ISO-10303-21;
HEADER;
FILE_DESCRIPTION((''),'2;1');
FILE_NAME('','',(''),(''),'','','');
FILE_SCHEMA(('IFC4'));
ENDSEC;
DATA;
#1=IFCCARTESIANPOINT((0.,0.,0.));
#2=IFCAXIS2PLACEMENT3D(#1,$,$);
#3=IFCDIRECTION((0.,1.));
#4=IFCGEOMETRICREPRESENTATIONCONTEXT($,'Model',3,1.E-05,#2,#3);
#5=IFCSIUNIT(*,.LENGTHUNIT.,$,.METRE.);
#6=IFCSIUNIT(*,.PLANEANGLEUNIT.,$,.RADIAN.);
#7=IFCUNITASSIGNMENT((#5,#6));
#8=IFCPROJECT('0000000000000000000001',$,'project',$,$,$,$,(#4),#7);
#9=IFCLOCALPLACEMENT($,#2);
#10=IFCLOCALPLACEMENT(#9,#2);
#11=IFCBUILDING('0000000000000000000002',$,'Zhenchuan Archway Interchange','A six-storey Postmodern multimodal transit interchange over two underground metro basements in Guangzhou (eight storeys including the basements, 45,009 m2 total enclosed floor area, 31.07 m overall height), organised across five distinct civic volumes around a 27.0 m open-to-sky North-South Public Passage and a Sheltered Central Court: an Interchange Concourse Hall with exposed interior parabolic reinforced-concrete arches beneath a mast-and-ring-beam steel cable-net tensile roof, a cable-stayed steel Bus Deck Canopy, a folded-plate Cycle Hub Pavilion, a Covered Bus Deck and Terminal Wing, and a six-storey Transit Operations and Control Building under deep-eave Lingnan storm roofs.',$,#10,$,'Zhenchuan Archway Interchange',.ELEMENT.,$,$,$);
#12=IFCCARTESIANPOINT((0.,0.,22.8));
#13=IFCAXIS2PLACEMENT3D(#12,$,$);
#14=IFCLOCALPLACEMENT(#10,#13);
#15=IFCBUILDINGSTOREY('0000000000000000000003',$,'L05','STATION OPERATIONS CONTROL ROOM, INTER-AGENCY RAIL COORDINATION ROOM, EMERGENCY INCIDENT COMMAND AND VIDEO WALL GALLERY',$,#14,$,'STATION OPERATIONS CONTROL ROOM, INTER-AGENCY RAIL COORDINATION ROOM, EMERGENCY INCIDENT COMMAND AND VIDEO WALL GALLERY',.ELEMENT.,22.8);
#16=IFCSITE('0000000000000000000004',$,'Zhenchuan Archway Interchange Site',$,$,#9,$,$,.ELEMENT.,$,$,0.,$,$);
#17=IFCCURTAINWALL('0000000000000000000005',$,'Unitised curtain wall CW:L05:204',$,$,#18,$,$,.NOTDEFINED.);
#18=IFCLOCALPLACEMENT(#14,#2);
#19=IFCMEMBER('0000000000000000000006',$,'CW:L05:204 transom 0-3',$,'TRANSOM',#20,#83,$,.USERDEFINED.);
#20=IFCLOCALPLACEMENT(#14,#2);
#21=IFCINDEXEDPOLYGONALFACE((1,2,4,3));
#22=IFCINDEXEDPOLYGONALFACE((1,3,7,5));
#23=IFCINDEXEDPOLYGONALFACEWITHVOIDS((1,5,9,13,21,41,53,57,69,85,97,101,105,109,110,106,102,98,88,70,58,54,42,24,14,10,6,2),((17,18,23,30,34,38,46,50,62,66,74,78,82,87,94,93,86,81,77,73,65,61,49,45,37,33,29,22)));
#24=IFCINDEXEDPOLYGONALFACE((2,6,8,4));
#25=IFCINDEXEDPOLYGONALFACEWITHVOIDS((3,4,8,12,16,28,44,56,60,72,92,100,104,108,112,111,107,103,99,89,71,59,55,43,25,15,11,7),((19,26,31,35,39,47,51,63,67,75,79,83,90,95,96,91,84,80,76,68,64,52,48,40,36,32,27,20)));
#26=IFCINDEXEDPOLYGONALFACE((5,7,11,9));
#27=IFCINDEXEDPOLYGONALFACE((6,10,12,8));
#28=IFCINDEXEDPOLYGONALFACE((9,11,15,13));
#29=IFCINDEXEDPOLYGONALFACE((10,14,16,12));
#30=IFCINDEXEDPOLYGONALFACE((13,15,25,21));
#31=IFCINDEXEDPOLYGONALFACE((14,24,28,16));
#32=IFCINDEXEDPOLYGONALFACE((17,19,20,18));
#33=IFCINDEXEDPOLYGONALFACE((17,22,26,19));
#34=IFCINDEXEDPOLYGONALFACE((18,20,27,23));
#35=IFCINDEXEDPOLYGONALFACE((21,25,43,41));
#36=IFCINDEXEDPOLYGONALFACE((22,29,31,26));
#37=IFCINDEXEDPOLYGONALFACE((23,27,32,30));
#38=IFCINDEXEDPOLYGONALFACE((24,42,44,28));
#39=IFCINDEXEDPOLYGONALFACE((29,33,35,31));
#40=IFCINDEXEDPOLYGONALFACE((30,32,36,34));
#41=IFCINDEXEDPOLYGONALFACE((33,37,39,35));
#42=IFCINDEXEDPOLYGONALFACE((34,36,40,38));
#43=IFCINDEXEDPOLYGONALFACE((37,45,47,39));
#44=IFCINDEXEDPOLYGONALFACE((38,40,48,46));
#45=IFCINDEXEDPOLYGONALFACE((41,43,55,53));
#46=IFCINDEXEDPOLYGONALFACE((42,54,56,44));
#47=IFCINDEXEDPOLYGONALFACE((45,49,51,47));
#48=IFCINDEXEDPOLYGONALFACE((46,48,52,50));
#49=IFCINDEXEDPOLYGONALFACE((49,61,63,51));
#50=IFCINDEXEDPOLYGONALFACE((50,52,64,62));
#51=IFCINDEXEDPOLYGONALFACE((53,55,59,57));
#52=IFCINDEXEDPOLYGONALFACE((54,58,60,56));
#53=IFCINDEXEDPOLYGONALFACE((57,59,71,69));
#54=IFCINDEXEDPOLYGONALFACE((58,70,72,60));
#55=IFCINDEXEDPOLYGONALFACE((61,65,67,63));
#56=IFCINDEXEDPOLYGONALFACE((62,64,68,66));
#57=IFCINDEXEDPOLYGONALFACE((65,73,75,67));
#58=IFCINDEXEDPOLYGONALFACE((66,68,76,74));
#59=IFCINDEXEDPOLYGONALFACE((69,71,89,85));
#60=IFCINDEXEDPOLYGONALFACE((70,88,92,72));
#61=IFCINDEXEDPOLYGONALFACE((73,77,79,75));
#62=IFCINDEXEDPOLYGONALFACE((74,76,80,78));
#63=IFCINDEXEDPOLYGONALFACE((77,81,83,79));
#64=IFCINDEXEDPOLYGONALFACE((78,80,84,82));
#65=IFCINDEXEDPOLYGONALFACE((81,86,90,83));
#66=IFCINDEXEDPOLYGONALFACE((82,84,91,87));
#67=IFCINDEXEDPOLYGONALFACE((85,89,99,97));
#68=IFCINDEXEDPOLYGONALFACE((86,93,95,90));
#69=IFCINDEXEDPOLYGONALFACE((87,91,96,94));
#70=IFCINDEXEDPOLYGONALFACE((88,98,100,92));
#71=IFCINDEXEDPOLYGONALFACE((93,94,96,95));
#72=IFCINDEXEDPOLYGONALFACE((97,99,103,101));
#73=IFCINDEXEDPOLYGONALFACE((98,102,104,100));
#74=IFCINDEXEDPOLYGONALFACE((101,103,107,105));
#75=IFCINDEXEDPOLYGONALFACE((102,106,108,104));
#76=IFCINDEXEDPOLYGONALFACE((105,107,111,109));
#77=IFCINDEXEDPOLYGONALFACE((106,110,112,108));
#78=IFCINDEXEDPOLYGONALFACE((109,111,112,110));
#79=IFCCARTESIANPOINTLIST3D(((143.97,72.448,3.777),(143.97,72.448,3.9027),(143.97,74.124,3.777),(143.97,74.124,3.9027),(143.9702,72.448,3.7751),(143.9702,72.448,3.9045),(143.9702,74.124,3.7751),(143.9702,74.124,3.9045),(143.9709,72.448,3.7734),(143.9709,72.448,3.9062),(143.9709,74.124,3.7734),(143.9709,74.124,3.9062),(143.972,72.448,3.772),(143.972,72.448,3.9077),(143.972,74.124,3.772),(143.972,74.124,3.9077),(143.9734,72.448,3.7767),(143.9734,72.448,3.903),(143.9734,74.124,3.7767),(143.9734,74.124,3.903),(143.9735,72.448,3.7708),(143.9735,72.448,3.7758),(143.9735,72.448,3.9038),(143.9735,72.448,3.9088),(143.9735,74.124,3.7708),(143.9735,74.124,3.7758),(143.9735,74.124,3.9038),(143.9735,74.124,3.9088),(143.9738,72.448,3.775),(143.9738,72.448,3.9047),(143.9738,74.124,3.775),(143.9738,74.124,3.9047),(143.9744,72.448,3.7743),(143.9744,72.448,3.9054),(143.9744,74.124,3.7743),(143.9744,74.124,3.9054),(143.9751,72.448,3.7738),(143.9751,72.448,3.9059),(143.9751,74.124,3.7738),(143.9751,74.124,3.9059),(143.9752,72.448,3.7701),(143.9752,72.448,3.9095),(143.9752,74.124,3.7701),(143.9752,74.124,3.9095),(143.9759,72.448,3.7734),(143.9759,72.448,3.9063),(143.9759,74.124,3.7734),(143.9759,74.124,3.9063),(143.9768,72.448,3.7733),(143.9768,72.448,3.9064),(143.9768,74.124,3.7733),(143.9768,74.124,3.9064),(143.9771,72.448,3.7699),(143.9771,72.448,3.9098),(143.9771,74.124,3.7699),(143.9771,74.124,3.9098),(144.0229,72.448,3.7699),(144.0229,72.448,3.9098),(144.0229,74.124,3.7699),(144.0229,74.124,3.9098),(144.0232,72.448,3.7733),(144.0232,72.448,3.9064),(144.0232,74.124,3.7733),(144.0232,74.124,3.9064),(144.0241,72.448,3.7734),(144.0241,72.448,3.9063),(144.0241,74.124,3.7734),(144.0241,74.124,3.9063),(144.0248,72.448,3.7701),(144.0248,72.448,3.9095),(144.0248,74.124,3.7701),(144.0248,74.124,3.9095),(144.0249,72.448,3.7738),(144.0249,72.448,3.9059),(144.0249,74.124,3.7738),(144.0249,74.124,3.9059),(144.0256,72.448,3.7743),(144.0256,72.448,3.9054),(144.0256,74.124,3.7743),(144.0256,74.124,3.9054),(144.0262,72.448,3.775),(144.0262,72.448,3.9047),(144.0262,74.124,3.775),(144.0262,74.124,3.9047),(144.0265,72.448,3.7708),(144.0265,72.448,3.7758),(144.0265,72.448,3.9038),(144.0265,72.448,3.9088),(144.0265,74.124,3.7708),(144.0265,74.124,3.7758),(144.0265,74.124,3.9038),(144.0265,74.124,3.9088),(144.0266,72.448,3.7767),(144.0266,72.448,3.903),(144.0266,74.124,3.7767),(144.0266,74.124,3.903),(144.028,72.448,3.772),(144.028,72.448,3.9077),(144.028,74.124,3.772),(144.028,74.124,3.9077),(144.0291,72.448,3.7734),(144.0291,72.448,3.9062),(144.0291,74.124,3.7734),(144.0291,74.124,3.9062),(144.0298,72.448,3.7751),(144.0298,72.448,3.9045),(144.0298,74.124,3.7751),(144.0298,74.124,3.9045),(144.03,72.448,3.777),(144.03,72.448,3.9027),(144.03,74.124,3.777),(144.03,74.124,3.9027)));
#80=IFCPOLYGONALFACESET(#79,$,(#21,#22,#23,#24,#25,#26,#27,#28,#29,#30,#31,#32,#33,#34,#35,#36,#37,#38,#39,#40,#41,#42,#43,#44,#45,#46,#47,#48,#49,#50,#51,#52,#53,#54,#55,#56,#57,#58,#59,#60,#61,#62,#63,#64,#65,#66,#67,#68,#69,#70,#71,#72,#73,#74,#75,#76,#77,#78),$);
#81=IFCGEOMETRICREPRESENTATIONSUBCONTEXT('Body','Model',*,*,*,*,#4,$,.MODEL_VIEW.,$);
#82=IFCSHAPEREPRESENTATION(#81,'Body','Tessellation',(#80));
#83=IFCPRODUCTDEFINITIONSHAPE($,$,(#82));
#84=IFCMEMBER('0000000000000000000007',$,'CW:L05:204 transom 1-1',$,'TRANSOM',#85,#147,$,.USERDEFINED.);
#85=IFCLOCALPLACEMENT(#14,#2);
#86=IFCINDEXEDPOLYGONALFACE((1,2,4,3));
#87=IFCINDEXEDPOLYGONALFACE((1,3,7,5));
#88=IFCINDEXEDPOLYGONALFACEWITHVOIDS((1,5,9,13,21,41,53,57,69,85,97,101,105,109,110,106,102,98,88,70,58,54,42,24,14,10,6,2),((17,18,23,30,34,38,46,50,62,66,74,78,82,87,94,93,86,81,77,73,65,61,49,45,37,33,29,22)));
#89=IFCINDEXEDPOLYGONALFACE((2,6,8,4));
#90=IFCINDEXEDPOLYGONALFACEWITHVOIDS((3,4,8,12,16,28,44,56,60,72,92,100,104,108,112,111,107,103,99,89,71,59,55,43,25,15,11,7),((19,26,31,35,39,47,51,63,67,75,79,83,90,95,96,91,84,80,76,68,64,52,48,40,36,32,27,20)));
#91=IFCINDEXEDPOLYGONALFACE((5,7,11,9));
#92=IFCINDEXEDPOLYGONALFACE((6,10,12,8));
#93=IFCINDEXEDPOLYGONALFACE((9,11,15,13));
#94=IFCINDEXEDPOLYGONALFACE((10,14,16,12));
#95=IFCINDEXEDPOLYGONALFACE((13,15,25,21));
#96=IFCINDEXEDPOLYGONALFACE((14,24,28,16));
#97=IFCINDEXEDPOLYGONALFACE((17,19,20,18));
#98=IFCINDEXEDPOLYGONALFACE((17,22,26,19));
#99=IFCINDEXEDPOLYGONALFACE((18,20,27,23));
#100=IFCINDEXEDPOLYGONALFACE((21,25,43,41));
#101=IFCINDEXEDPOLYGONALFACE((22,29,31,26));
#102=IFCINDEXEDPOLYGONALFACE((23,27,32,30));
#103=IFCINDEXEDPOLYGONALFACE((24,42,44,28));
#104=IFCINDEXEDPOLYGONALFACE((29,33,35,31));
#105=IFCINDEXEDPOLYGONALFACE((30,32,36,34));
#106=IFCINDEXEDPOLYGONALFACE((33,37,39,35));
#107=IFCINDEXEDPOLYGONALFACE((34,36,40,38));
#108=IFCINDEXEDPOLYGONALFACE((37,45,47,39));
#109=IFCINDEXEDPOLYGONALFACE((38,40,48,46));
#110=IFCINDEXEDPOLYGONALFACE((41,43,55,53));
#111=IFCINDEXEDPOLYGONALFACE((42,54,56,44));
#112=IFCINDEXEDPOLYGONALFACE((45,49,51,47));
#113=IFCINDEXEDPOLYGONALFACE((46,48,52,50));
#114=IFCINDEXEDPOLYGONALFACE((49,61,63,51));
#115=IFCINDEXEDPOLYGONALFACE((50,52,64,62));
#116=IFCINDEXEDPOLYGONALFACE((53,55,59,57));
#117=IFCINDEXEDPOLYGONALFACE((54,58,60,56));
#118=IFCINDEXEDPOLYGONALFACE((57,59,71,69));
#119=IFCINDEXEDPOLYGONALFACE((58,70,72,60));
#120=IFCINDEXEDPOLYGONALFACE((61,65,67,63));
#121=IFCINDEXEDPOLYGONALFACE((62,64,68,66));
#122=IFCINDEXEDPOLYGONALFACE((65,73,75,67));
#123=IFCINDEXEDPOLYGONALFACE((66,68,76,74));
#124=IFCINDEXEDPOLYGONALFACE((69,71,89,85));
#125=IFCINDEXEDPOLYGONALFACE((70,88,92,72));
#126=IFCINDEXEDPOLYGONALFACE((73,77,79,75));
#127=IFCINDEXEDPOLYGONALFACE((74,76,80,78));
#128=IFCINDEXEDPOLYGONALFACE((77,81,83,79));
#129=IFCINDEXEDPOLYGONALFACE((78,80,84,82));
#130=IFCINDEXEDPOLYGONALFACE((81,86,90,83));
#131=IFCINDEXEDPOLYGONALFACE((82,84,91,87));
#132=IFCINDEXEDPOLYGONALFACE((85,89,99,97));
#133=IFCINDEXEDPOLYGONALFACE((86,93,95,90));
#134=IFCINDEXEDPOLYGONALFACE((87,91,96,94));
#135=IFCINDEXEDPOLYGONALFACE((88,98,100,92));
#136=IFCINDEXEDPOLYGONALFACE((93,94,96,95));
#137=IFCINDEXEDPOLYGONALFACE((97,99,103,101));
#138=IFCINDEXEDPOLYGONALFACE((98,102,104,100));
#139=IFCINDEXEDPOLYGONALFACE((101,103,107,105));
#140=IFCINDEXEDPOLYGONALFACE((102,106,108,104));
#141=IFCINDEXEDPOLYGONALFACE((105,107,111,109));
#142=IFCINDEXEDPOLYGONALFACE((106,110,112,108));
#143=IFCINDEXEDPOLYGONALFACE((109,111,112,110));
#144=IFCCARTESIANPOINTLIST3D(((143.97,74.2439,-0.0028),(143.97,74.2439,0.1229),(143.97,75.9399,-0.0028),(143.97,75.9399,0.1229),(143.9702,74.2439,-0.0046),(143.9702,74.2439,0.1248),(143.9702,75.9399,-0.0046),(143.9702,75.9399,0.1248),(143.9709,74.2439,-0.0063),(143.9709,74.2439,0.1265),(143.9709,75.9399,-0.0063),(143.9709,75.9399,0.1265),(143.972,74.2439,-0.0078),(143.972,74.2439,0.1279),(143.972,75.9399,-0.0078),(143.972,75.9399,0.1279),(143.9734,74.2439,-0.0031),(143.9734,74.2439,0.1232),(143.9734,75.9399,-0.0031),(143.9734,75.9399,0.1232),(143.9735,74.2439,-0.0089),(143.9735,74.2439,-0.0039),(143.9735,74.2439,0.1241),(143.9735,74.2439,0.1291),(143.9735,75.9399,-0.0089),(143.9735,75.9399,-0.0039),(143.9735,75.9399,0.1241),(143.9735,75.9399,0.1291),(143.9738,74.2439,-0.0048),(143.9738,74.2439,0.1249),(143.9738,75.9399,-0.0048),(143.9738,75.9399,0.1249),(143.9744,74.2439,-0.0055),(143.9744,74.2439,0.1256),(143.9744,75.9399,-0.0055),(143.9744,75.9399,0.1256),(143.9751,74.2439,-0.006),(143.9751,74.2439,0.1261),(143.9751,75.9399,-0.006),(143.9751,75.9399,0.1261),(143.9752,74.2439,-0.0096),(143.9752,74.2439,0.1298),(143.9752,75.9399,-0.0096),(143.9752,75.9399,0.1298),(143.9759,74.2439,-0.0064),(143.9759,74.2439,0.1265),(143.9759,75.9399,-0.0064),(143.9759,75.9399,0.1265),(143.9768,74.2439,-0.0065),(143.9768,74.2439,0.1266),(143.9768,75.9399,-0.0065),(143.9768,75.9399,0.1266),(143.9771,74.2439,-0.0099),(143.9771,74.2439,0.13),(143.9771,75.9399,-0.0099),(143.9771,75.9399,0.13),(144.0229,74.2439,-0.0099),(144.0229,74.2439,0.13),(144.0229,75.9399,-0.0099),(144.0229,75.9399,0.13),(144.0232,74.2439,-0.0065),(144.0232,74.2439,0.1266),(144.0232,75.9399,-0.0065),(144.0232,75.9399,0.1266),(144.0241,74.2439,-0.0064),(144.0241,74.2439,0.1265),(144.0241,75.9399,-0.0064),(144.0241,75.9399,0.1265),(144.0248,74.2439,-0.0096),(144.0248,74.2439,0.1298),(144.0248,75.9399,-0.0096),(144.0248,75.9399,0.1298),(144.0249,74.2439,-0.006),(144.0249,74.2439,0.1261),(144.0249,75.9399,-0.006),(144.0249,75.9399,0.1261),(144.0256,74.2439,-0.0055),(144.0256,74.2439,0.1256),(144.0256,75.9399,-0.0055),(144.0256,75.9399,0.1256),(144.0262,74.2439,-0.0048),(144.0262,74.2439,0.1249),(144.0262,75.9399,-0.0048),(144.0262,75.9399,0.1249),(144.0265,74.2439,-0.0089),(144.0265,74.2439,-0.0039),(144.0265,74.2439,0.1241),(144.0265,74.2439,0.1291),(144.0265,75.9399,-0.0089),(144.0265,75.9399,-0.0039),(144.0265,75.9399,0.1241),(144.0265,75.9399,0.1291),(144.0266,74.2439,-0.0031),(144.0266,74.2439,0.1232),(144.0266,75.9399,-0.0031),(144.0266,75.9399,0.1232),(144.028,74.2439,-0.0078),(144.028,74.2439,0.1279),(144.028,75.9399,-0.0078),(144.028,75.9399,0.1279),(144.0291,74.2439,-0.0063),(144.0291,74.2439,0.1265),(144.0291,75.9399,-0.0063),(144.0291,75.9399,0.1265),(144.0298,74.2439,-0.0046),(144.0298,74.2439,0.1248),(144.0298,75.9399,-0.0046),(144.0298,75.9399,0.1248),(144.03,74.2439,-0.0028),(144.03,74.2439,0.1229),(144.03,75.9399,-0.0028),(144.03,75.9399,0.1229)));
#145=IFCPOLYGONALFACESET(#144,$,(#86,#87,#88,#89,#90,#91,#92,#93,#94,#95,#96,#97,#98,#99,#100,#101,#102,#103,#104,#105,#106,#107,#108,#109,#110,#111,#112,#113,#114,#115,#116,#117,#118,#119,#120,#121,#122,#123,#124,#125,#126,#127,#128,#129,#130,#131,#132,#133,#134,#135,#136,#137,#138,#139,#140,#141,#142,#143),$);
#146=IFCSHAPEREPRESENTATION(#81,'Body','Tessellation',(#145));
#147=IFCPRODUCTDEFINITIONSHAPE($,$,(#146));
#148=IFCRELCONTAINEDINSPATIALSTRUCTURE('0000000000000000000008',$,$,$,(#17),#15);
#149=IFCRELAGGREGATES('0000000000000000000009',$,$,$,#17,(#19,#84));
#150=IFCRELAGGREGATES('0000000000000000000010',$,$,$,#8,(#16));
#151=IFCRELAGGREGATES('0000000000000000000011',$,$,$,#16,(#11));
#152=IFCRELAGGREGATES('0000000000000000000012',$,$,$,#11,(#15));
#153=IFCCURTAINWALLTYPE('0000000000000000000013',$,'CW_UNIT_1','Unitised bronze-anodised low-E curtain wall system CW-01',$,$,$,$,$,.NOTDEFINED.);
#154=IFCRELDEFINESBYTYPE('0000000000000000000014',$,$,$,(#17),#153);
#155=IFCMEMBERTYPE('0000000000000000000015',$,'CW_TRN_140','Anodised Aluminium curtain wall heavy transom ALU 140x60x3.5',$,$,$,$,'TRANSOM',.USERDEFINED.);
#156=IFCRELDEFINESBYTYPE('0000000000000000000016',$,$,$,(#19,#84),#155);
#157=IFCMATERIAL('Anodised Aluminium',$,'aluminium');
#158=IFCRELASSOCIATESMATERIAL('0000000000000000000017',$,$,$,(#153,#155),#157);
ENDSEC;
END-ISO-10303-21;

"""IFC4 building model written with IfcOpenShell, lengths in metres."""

from ifc_helpers import new_model, si_unit, direction, frame, origin, origin_2d, place, context, subcontext, project, spatial, hollow_rectangle, extrude, material, material_profile, profile_set, type_object, element, aggregate, save


model = new_model("IFC4")

# Units and contexts
model_context = context("Model", 3, precision=1e-05, world=origin(), true_north=direction((0.0, 1.0)))
body_context = subcontext(model_context, "Body", "Model", "MODEL_VIEW")
ifc_project = project(units=[si_unit("LENGTHUNIT", "METRE"), si_unit("PLANEANGLEUNIT", "RADIAN")], contexts=[model_context])

# Site, building, storey
site_placement = place(None, origin())
site = spatial("IfcSite", under=ifc_project, at=site_placement, Name="Zhenchuan Archway Interchange Site", CompositionType="ELEMENT", RefElevation=0.0)
building_placement = place(site_placement, origin())
building = spatial("IfcBuilding", under=site, at=building_placement, Name="Zhenchuan Archway Interchange", Description="A six-storey Postmodern multimodal transit interchange over two underground metro basements in Guangzhou (eight storeys including the basements, 45,009 m2 total enclosed floor area, 31.07 m overall height), organised across five distinct civic volumes around a 27.0 m open-to-sky North-South Public Passage and a Sheltered Central Court: an Interchange Concourse Hall with exposed interior parabolic reinforced-concrete arches beneath a mast-and-ring-beam steel cable-net tensile roof, a cable-stayed steel Bus Deck Canopy, a folded-plate Cycle Hub Pavilion, a Covered Bus Deck and Terminal Wing, and a six-storey Transit Operations and Control Building under deep-eave Lingnan storm roofs.", LongName="Zhenchuan Archway Interchange", CompositionType="ELEMENT")
storey_placement = place(building_placement, frame((0.0, 0.0, 22.8)))
storey = spatial("IfcBuildingStorey", under=building, at=storey_placement, Name="L05", Description="STATION OPERATIONS CONTROL ROOM, INTER-AGENCY RAIL COORDINATION ROOM, EMERGENCY INCIDENT COMMAND AND VIDEO WALL GALLERY", LongName="STATION OPERATIONS CONTROL ROOM, INTER-AGENCY RAIL COORDINATION ROOM, EMERGENCY INCIDENT COMMAND AND VIDEO WALL GALLERY", CompositionType="ELEMENT", Elevation=22.8)

# Shared definitions
ifc_material_1 = material(Name="Anodised Aluminium", Category="aluminium")

# Curtain wall
curtain_wall_type_1 = type_object("IfcCurtainWallType", Name="CW_UNIT_1", Description="Unitised bronze-anodised low-E curtain wall system CW-01", PredefinedType="NOTDEFINED", material=ifc_material_1)
curtain_wall_1_placement = place(storey_placement, origin())
curtain_wall_1 = element("IfcCurtainWall", 1, at=curtain_wall_1_placement, inside=storey, type_object=curtain_wall_type_1, Name="Unitised curtain wall CW:L05:204", PredefinedType="NOTDEFINED")

# Members
ifc_material_profile_1 = material_profile(ifc_material_1, hollow_rectangle(XDim=0.0601, YDim=0.1399, WallThickness=0.0034, InnerFilletRadius=0.0034, OuterFilletRadius=0.0071, at=origin_2d()), Name="ALU 140x60x3.5")
ifc_profile_set_1 = profile_set([ifc_material_profile_1], Name="Anodised Aluminium")
member_type_1 = type_object("IfcMemberType", Name="CW_TRN_140", Description="Anodised Aluminium curtain wall heavy transom ALU 140x60x3.5", ElementType="TRANSOM", PredefinedType="USERDEFINED", material=ifc_profile_set_1)
member_1_placement = place(storey_placement, frame((144.0, 72.448, 3.8398), z_axis=(0.0, 1.0, 0.0), x_axis=(-1.0, 0.0, 0.0)))
member_1 = element("IfcMember", 2, at=member_1_placement, type_object=member_type_1, Name="CW:L05:204 transom 0-3", ObjectType="TRANSOM", PredefinedType="USERDEFINED", context=body_context, shape_type="SweptSolid", body=[
    extrude(hollow_rectangle(XDim=0.0601, YDim=0.1399, WallThickness=0.0034, InnerFilletRadius=0.0034, OuterFilletRadius=0.0071, at=origin_2d()), origin(), (0.0, 0.0, 1.0), 1.676),
])
member_2_placement = place(storey_placement, frame((144.0, 74.2439, 0.0601), z_axis=(0.0, 1.0, 0.0), x_axis=(-1.0, 0.0, 0.0)))
member_2 = element("IfcMember", 3, at=member_2_placement, type_object=member_type_1, Name="CW:L05:204 transom 1-1", ObjectType="TRANSOM", PredefinedType="USERDEFINED", context=body_context, shape_type="SweptSolid", body=[
    extrude(hollow_rectangle(XDim=0.0601, YDim=0.1399, WallThickness=0.0034, InnerFilletRadius=0.0034, OuterFilletRadius=0.0071, at=origin_2d()), origin(), (0.0, 0.0, 1.0), 1.696),
])

aggregate(curtain_wall_1, [member_1, member_2])

save(model, "model.ifc")
